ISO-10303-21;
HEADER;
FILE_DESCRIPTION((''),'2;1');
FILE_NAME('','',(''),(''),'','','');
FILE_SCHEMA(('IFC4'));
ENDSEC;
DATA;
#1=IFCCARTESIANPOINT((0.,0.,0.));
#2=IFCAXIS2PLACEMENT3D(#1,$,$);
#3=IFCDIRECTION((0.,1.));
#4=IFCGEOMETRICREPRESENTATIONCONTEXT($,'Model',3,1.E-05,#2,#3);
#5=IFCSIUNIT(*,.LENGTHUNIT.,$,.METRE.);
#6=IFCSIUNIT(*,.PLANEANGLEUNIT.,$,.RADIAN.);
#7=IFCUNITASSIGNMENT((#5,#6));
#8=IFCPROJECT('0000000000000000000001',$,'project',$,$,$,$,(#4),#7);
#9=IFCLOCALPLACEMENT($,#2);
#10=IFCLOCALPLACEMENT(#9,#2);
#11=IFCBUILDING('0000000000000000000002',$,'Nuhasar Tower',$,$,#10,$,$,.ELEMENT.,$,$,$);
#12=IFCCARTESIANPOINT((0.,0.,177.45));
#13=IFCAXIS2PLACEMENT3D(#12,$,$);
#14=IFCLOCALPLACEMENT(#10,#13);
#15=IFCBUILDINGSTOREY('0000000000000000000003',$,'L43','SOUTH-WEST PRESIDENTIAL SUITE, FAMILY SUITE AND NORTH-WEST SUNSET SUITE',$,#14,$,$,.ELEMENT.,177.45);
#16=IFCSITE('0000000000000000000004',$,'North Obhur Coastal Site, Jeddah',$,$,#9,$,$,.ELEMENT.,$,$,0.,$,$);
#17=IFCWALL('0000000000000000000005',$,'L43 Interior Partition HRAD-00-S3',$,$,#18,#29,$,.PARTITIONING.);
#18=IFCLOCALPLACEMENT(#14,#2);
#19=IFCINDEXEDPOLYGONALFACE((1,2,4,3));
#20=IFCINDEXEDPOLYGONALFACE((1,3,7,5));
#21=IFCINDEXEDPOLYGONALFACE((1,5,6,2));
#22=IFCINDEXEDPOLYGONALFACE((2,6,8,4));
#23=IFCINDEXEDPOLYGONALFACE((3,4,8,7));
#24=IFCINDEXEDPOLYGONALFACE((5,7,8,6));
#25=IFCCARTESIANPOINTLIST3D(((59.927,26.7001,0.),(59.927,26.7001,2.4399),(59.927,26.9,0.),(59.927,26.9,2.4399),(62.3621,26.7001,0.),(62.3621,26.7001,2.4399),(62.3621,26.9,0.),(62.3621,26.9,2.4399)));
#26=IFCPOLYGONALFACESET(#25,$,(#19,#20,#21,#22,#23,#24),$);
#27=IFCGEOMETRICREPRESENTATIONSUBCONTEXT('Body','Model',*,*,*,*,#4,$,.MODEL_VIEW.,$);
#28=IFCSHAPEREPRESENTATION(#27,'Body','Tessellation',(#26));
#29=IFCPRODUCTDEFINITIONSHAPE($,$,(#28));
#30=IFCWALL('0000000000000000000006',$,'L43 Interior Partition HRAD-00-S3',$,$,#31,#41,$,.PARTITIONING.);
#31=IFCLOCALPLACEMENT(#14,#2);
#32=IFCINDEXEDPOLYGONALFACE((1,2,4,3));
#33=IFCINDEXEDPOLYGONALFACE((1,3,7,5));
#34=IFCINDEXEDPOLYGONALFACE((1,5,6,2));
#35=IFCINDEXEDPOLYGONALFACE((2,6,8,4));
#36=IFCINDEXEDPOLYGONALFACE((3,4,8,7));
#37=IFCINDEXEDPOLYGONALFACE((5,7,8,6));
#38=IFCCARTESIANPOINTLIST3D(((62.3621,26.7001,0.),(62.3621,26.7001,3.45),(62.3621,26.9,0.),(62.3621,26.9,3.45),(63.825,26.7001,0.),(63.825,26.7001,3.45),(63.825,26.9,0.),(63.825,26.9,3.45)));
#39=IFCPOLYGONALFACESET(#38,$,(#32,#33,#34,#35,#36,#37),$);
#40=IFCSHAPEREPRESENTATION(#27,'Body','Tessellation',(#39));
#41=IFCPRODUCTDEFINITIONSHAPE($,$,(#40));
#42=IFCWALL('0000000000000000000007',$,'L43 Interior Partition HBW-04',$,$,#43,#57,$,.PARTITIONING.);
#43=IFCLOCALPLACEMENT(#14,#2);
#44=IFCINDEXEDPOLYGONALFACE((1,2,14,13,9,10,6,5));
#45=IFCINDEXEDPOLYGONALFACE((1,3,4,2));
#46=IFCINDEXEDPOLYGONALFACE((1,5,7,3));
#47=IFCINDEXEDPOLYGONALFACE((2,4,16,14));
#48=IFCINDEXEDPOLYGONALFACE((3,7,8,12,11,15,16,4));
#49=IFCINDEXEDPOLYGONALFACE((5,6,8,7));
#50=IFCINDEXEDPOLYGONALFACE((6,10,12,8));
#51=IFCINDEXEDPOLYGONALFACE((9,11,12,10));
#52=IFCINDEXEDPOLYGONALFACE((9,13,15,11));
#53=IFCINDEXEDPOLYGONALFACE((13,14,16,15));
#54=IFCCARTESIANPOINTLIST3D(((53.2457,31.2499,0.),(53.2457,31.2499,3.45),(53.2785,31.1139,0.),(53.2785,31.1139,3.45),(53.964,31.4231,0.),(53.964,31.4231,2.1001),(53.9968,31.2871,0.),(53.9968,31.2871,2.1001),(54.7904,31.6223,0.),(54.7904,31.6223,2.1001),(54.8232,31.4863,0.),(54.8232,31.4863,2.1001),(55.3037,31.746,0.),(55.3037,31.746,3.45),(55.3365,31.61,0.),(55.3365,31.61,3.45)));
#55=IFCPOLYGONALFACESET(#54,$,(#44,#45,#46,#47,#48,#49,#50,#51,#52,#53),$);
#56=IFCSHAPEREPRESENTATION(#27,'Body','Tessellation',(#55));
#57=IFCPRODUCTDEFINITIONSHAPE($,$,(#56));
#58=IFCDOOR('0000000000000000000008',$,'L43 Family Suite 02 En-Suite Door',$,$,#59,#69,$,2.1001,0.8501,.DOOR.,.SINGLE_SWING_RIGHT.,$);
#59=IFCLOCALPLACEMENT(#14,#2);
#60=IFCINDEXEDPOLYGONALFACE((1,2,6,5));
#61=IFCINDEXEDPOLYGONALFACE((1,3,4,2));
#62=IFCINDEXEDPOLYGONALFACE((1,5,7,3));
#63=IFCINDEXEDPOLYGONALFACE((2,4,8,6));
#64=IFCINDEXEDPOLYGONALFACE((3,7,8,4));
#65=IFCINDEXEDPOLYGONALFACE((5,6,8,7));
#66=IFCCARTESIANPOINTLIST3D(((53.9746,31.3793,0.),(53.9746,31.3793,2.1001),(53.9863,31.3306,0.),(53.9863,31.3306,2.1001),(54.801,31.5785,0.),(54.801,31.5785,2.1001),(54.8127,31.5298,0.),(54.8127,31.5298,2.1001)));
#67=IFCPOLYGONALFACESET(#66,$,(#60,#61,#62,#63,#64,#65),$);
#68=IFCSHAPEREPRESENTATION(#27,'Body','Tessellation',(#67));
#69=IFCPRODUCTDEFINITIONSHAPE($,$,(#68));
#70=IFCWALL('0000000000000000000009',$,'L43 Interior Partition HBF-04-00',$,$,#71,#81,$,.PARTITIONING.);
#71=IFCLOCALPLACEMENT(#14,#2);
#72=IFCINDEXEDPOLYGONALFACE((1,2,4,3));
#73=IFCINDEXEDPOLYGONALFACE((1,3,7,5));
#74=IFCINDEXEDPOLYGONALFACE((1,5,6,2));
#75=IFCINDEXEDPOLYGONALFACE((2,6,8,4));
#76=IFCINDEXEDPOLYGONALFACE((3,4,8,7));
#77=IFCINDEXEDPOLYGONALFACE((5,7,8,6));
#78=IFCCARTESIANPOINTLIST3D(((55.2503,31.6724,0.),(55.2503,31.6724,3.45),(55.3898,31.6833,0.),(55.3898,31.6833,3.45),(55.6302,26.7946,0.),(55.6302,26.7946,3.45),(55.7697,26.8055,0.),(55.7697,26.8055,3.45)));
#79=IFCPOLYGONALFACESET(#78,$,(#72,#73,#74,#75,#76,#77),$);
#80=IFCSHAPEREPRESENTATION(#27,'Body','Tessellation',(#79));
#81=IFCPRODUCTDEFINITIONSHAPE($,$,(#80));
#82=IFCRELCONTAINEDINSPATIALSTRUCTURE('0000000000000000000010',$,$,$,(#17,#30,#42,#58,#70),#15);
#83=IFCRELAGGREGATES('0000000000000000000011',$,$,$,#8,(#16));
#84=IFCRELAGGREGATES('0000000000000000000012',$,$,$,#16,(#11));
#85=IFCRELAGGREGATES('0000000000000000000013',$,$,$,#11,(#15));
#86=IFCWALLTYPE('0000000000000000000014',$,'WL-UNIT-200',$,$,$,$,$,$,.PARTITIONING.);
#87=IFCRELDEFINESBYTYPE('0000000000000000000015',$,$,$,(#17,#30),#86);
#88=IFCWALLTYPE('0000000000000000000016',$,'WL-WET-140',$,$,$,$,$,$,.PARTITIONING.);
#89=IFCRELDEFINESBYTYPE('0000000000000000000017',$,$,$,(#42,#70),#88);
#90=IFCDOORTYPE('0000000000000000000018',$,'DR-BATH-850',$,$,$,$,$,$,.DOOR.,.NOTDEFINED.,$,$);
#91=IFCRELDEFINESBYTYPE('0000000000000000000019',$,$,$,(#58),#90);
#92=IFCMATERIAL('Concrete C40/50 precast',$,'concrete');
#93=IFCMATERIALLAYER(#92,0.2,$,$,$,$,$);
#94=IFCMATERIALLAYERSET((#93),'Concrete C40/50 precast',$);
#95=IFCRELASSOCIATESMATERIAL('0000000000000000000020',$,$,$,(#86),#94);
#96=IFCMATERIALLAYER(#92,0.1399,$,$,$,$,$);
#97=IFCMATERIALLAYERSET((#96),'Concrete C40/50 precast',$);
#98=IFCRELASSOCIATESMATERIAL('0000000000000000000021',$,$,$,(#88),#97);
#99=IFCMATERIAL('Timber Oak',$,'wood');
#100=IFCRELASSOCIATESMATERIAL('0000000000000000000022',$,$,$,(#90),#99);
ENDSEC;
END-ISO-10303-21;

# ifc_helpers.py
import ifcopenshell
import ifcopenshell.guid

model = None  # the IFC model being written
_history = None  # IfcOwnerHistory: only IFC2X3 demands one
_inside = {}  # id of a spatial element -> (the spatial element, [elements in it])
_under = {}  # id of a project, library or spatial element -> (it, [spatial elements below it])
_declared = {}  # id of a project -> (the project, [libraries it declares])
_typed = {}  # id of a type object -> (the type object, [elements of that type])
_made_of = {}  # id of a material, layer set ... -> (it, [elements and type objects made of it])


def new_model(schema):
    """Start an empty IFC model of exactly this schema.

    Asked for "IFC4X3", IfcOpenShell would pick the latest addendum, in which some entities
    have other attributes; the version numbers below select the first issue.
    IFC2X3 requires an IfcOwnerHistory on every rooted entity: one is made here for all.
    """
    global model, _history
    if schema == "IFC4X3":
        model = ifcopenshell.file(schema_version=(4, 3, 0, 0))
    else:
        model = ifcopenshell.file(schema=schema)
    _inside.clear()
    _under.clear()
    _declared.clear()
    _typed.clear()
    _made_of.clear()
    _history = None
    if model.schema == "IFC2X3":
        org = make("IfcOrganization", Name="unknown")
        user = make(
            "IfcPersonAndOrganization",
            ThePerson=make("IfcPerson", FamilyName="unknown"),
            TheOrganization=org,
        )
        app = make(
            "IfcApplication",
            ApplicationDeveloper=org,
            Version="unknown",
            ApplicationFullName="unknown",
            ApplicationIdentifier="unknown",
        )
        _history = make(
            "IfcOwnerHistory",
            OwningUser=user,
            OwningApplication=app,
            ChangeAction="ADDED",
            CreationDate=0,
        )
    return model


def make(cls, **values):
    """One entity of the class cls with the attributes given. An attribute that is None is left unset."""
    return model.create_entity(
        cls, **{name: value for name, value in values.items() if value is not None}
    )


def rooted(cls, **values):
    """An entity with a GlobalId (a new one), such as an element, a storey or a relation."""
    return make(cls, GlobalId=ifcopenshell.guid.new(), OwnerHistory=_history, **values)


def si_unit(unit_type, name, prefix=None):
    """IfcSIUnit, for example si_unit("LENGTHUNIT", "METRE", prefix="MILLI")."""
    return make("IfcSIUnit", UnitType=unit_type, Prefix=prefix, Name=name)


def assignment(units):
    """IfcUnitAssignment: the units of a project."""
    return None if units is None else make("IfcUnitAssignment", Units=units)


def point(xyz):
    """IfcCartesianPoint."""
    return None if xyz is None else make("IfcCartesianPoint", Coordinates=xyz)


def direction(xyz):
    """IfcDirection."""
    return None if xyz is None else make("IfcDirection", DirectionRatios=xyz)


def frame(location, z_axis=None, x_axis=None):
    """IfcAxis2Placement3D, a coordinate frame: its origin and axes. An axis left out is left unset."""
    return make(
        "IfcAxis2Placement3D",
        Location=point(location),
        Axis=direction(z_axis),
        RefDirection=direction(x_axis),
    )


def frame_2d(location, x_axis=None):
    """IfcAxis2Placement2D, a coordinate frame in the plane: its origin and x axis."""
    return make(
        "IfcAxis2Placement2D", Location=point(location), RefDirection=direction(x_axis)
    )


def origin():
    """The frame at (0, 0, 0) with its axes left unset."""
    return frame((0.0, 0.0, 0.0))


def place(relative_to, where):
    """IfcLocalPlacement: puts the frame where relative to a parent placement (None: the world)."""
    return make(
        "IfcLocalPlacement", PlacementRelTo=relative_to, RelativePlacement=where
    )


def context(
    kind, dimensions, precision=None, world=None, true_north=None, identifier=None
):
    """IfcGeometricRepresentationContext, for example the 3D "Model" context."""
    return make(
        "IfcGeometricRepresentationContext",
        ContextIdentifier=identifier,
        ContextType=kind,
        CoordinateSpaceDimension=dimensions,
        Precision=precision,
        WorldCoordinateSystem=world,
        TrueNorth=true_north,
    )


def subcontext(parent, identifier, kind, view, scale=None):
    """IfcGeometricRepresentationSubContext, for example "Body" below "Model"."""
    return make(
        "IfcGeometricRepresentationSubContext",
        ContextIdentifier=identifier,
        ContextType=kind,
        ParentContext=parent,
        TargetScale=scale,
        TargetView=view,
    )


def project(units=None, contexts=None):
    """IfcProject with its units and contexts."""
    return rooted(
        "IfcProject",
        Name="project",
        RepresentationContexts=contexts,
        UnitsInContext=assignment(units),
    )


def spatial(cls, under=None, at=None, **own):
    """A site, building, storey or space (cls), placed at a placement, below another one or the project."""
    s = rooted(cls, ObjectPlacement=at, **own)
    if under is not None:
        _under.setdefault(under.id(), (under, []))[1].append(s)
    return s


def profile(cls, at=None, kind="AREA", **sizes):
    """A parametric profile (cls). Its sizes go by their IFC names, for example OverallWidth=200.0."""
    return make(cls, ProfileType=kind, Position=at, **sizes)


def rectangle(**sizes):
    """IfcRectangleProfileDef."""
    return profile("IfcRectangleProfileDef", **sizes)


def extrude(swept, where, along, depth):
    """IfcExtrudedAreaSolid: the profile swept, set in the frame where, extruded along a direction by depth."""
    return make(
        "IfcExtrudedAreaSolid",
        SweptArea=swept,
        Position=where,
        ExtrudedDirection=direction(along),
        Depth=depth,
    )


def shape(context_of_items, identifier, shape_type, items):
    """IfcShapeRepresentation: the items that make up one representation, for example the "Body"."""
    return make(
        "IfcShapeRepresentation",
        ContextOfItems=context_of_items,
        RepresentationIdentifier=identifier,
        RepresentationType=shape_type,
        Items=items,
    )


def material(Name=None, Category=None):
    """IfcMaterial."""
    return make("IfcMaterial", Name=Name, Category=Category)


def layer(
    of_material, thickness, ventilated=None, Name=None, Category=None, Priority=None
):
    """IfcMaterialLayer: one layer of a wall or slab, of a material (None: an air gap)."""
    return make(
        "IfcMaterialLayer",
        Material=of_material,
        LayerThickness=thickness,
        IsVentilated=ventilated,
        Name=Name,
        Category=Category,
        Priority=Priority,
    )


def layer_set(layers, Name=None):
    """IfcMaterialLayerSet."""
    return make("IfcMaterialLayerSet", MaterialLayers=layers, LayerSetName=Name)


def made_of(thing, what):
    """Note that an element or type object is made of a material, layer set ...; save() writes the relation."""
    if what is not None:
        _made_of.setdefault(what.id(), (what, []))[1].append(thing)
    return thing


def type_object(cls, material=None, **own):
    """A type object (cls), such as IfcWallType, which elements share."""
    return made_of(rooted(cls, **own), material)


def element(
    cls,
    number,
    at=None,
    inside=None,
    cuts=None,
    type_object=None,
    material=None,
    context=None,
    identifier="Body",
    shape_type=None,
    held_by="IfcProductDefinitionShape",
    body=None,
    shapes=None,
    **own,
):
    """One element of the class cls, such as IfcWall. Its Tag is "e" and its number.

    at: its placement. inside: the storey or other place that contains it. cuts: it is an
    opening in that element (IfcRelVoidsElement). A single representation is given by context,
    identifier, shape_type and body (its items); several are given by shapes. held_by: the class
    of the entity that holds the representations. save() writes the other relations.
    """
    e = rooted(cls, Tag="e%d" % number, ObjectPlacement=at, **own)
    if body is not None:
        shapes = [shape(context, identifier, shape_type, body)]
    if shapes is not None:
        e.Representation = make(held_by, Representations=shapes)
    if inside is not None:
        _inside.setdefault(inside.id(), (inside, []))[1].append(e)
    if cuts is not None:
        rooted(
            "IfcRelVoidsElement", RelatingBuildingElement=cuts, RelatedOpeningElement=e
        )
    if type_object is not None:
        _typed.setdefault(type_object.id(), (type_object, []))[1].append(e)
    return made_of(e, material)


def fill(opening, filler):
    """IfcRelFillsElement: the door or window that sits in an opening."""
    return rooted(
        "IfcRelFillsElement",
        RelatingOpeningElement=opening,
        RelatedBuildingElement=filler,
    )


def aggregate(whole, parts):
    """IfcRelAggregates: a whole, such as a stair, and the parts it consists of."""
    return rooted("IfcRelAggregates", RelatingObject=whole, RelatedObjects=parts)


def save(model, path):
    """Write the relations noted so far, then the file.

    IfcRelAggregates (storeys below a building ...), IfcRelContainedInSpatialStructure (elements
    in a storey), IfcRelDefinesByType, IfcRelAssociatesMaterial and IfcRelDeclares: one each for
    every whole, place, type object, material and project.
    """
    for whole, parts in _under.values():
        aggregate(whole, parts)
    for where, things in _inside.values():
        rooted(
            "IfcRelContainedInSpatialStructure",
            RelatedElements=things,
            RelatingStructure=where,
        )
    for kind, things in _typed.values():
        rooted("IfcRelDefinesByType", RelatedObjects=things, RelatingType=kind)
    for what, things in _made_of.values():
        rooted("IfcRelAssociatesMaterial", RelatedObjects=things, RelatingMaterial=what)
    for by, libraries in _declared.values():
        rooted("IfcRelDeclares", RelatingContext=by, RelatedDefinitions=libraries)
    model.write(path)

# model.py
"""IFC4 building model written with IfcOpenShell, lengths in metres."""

from ifc_helpers import new_model, si_unit, direction, frame, frame_2d, origin, place, context, subcontext, project, spatial, rectangle, extrude, material, layer, layer_set, type_object, element, fill, save


model = new_model("IFC4")

# Units and contexts
model_context = context("Model", 3, precision=1e-05, world=origin(), true_north=direction((0.0, 1.0)))
body_context = subcontext(model_context, "Body", "Model", "MODEL_VIEW")
ifc_project = project(units=[si_unit("LENGTHUNIT", "METRE"), si_unit("PLANEANGLEUNIT", "RADIAN")], contexts=[model_context])

# Site, building, storey
site_placement = place(None, origin())
site = spatial("IfcSite", under=ifc_project, at=site_placement, Name="North Obhur Coastal Site, Jeddah", CompositionType="ELEMENT", RefElevation=0.0)
building_placement = place(site_placement, origin())
building = spatial("IfcBuilding", under=site, at=building_placement, Name="Nuhasar Tower", CompositionType="ELEMENT")
storey_placement = place(building_placement, frame((0.0, 0.0, 177.45)))
storey = spatial("IfcBuildingStorey", under=building, at=storey_placement, Name="L43", Description="SOUTH-WEST PRESIDENTIAL SUITE, FAMILY SUITE AND NORTH-WEST SUNSET SUITE", CompositionType="ELEMENT", Elevation=177.45)

# Walls
ifc_material_1 = material(Name="Concrete C40/50 precast", Category="concrete")
ifc_layer_1 = layer(ifc_material_1, 0.2)
ifc_layer_set_1 = layer_set([ifc_layer_1], Name="Concrete C40/50 precast")
wall_type_1 = type_object("IfcWallType", Name="WL-UNIT-200", PredefinedType="PARTITIONING", material=ifc_layer_set_1)
wall_1_placement = place(storey_placement, frame((59.927, 26.8, 0.0), z_axis=(0.0, 0.0, 1.0), x_axis=(1.0, 0.0, 0.0)))
element("IfcWall", 1, at=wall_1_placement, inside=storey, type_object=wall_type_1, Name="L43 Interior Partition HRAD-00-S3", PredefinedType="PARTITIONING", context=body_context, shape_type="SweptSolid", body=[
    extrude(rectangle(XDim=2.4351, YDim=0.2, at=frame_2d((1.2175, 0.0))), origin(), (0.0, 0.0, 1.0), 2.4399),
])
wall_2_placement = place(storey_placement, frame((62.3621, 26.8, 0.0), z_axis=(0.0, 0.0, 1.0), x_axis=(1.0, 0.0, 0.0)))
element("IfcWall", 2, at=wall_2_placement, inside=storey, type_object=wall_type_1, Name="L43 Interior Partition HRAD-00-S3", PredefinedType="PARTITIONING", context=body_context, shape_type="SweptSolid", body=[
    extrude(rectangle(XDim=1.4629, YDim=0.2, at=frame_2d((0.7314, 0.0))), origin(), (0.0, 0.0, 1.0), 3.45),
])

# Wall, opening, door
ifc_layer_2 = layer(ifc_material_1, 0.1399)
ifc_layer_set_2 = layer_set([ifc_layer_2], Name="Concrete C40/50 precast")
wall_type_2 = type_object("IfcWallType", Name="WL-WET-140", PredefinedType="PARTITIONING", material=ifc_layer_set_2)
wall_3_placement = place(storey_placement, frame((53.262, 31.1819, 0.0), z_axis=(0.0, 0.0, 1.0), x_axis=(0.972157, 0.234332, 0.0)))
wall_3 = element("IfcWall", 3, at=wall_3_placement, inside=storey, type_object=wall_type_2, Name="L43 Interior Partition HBW-04", PredefinedType="PARTITIONING", context=body_context, shape_type="SweptSolid", body=[
    extrude(rectangle(XDim=2.1169, YDim=0.1399, at=frame_2d((1.0586, 0.0))), origin(), (0.0, 0.0, 1.0), 3.45),
])
opening_placement = place(wall_3_placement, frame((0.739, 0.0, 0.0)))
opening = element("IfcOpeningElement", 4, at=opening_placement, cuts=wall_3, PredefinedType="OPENING", context=body_context, shape_type="SweptSolid", body=[
    extrude(rectangle(XDim=0.8501, YDim=2.1001, at=frame_2d((0.425, 1.05))), frame((0.0, 0.0801, 0.0), z_axis=(0.0, -1.0, 0.0), x_axis=(1.0, 0.0, 0.0)), (0.0, 0.0, 1.0), 0.1599),
])
ifc_material_2 = material(Name="Timber Oak", Category="wood")
door_type = type_object("IfcDoorType", Name="DR-BATH-850", OperationType="NOTDEFINED", PredefinedType="DOOR", material=ifc_material_2)
door_placement = place(opening_placement, origin())
door = element("IfcDoor", 5, at=door_placement, inside=storey, type_object=door_type, Name="L43 Family Suite 02 En-Suite Door", OperationType="SINGLE_SWING_RIGHT", OverallHeight=2.1001, OverallWidth=0.8501, PredefinedType="DOOR", context=body_context, shape_type="SweptSolid", body=[
    extrude(rectangle(XDim=0.8501, YDim=2.1001, at=frame_2d((0.425, 1.05))), frame((0.0, 0.0249, 0.0), z_axis=(0.0, -1.0, 0.0), x_axis=(1.0, 0.0, 0.0)), (0.0, 0.0, 1.0), 0.05),
])
fill(opening, door)

# Wall
wall_4_placement = place(storey_placement, frame((55.7, 26.8, 0.0), z_axis=(0.0, 0.0, 1.0), x_axis=(-0.077643, 0.996981, 0.0)))
element("IfcWall", 6, at=wall_4_placement, inside=storey, type_object=wall_type_2, Name="L43 Interior Partition HBF-04-00", PredefinedType="PARTITIONING", context=body_context, shape_type="SweptSolid", body=[
    extrude(rectangle(XDim=4.8926, YDim=0.1399, at=frame_2d((2.4463, 0.0))), origin(), (0.0, 0.0, 1.0), 3.45),
])

save(model, "model.ifc")
